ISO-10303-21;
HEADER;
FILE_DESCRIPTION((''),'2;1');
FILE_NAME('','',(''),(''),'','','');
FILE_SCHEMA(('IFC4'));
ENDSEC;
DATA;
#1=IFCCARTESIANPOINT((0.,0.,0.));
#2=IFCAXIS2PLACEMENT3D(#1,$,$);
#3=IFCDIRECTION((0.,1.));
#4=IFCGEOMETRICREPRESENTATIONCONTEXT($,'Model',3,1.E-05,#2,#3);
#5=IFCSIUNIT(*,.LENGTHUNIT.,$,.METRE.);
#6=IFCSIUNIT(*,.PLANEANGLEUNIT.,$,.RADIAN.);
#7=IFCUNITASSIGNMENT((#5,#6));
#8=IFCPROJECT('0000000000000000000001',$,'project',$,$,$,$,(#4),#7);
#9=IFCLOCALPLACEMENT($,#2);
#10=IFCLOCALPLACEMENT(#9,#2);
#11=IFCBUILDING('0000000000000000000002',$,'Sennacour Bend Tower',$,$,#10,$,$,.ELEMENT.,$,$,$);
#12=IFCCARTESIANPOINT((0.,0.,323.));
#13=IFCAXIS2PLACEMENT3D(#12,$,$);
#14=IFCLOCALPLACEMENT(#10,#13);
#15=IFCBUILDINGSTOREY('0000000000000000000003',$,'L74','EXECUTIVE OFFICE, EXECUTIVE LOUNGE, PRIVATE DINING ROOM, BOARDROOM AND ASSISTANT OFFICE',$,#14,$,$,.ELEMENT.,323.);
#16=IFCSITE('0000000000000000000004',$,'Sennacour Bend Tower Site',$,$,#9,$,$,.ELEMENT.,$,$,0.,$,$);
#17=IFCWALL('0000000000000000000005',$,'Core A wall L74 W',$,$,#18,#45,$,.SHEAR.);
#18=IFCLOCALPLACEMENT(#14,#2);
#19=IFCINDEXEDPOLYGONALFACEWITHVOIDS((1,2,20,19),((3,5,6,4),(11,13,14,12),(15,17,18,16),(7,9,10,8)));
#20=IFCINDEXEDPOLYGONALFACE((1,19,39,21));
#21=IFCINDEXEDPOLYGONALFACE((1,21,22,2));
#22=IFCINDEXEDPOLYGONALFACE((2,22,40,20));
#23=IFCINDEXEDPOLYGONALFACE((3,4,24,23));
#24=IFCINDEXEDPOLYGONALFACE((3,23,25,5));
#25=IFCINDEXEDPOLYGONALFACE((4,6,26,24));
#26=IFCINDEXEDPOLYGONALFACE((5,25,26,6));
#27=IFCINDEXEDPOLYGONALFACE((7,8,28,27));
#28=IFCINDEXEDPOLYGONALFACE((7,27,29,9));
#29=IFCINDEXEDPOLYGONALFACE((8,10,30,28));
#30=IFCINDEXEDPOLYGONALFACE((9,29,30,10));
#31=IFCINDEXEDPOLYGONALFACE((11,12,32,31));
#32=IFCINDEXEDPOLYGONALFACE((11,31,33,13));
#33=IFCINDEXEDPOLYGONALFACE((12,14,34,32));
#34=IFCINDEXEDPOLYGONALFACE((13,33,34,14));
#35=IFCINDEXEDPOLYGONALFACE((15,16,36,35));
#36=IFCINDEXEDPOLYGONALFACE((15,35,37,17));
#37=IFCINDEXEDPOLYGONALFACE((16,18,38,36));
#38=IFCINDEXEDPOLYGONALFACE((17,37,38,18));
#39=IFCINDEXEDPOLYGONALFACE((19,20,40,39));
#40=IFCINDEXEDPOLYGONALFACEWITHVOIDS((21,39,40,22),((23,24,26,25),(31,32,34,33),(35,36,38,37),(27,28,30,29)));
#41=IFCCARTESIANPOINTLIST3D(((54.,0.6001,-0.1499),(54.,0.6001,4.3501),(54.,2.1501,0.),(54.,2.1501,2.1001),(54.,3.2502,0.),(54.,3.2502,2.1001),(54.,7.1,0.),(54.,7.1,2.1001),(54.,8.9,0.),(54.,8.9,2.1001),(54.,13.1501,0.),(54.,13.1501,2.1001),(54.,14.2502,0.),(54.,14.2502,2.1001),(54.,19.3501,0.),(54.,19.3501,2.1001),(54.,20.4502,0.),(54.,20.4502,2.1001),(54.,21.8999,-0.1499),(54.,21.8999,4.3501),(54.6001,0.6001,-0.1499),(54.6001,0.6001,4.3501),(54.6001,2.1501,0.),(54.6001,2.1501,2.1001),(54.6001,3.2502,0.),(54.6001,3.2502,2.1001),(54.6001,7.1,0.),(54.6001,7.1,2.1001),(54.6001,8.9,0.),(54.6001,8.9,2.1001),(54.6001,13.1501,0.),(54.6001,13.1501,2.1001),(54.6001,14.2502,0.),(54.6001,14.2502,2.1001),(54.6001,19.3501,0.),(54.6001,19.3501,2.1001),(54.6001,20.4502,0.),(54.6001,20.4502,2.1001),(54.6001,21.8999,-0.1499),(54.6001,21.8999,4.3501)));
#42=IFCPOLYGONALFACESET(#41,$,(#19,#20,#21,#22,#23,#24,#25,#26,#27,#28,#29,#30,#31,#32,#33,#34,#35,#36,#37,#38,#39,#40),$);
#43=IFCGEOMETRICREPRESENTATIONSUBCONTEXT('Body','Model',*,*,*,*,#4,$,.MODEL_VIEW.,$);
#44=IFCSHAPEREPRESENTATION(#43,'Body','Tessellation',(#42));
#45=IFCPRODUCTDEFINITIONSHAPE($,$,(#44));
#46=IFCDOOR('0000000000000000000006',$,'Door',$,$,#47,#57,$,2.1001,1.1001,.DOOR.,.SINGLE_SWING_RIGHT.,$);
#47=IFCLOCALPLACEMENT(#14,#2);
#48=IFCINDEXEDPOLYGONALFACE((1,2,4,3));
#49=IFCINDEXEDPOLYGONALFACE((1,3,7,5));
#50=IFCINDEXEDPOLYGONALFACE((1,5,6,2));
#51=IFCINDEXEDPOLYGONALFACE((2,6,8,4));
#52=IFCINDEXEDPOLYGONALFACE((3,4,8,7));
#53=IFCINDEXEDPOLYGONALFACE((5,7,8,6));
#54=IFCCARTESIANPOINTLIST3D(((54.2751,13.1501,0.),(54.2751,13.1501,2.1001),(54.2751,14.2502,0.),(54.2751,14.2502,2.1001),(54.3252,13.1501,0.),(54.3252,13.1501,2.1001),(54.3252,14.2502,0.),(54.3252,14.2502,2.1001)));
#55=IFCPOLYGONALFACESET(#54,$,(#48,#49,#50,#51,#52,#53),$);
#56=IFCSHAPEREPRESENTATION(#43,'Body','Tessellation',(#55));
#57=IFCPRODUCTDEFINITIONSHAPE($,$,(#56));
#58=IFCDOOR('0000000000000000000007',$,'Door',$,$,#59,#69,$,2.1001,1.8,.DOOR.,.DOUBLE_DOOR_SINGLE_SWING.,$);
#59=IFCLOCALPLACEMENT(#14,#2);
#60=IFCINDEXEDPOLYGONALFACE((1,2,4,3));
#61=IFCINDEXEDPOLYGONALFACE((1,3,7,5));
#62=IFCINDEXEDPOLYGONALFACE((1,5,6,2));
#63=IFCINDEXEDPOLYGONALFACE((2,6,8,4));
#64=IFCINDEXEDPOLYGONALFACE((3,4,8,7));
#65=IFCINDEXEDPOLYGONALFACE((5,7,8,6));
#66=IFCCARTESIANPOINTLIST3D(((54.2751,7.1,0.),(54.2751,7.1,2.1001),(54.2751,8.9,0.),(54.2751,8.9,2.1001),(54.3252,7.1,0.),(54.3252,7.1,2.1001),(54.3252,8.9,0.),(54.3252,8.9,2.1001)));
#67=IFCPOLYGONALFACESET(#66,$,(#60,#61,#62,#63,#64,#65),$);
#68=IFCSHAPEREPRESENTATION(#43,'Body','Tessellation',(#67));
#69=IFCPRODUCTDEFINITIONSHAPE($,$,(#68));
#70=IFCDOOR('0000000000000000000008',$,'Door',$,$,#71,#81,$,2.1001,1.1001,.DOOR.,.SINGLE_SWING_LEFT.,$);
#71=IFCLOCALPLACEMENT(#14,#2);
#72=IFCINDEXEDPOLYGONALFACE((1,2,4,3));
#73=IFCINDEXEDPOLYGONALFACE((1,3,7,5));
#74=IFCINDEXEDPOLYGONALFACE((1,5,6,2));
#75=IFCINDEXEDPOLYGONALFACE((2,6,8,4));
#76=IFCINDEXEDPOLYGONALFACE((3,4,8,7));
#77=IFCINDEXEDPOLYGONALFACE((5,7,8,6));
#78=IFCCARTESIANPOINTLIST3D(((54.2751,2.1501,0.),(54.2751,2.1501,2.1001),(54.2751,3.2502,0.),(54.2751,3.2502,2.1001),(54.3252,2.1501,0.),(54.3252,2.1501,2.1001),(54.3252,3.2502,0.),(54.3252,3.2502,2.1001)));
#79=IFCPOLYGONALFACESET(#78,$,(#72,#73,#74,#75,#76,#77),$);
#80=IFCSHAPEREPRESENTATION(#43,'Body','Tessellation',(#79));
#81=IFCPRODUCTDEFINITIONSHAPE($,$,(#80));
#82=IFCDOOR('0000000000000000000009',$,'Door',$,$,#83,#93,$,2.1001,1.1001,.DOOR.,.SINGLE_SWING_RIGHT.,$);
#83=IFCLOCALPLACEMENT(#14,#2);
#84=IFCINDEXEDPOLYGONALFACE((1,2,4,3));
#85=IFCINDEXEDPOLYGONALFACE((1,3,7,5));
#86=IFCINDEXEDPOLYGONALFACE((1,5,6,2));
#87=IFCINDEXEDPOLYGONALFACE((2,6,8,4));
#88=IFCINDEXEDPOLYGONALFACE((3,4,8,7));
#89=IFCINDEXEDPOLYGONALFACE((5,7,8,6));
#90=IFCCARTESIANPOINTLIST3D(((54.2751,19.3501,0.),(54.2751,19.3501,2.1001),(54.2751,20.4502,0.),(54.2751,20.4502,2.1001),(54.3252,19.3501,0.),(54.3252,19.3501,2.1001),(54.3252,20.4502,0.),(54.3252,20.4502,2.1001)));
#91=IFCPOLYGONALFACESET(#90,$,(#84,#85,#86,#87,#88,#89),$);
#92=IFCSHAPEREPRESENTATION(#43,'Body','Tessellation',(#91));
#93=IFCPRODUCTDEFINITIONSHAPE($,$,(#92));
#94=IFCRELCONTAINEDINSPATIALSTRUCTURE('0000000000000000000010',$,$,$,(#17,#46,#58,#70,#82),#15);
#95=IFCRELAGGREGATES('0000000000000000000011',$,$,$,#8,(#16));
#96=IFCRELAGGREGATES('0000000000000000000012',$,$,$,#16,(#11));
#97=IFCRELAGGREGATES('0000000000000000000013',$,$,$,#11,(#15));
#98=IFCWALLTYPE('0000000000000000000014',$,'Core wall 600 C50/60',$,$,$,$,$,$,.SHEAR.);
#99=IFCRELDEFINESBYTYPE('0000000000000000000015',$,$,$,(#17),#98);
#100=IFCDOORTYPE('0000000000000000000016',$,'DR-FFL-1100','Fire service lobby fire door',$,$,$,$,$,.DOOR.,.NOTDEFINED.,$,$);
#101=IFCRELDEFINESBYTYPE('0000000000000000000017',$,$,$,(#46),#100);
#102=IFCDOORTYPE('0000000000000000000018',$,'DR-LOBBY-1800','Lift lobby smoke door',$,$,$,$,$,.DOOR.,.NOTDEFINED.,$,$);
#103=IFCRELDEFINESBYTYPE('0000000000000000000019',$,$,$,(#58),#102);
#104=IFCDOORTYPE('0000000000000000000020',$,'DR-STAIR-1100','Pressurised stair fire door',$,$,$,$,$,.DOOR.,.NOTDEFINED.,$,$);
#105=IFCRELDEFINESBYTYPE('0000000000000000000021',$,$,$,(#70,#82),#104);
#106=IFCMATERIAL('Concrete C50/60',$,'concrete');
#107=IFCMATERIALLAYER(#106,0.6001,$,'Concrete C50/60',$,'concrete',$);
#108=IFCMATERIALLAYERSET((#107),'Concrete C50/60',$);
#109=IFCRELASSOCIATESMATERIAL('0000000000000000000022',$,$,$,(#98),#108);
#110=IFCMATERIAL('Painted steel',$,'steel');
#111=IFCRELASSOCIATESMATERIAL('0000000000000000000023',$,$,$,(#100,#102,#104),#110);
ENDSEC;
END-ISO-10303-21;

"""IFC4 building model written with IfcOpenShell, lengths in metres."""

from ifc_helpers import new_model, si_unit, direction, frame, frame_2d, origin, place, context, subcontext, project, spatial, rectangle, extrude, material, layer, layer_set, type_object, element, fill, save


model = new_model("IFC4")

# Units and contexts
model_context = context("Model", 3, precision=1e-05, world=origin(), true_north=direction((0.0, 1.0)))
body_context = subcontext(model_context, "Body", "Model", "MODEL_VIEW")
ifc_project = project(units=[si_unit("LENGTHUNIT", "METRE"), si_unit("PLANEANGLEUNIT", "RADIAN")], contexts=[model_context])

# Site, building, storey
site_placement = place(None, origin())
site = spatial("IfcSite", under=ifc_project, at=site_placement, Name="Sennacour Bend Tower Site", CompositionType="ELEMENT", RefElevation=0.0)
building_placement = place(site_placement, origin())
building = spatial("IfcBuilding", under=site, at=building_placement, Name="Sennacour Bend Tower", CompositionType="ELEMENT")
storey_placement = place(building_placement, frame((0.0, 0.0, 323.0)))
storey = spatial("IfcBuildingStorey", under=building, at=storey_placement, Name="L74", Description="EXECUTIVE OFFICE, EXECUTIVE LOUNGE, PRIVATE DINING ROOM, BOARDROOM AND ASSISTANT OFFICE", CompositionType="ELEMENT", Elevation=323.0)

# Wall, openings, doors
ifc_material_1 = material(Name="Concrete C50/60", Category="concrete")
ifc_layer_1 = layer(ifc_material_1, 0.6001, Name="Concrete C50/60", Category="concrete")
ifc_layer_set_1 = layer_set([ifc_layer_1], Name="Concrete C50/60")
wall_type_1 = type_object("IfcWallType", Name="Core wall 600 C50/60", PredefinedType="SHEAR", material=ifc_layer_set_1)
wall_1_placement = place(storey_placement, frame((54.3, 0.6001, -0.1499), z_axis=(0.0, 0.0, 1.0), x_axis=(0.0, 1.0, 0.0)))
wall_1 = element("IfcWall", 1, at=wall_1_placement, inside=storey, type_object=wall_type_1, Name="Core A wall L74 W", PredefinedType="SHEAR", context=body_context, shape_type="SweptSolid", body=[
    extrude(rectangle(XDim=21.2998, YDim=0.6001, at=frame_2d((10.6499, 0.0))), origin(), (0.0, 0.0, 1.0), 4.5),
])
opening_1_placement = place(wall_1_placement, frame((6.5, 0.0, 0.1499)))
opening_1 = element("IfcOpeningElement", 2, at=opening_1_placement, cuts=wall_1, PredefinedType="OPENING", context=body_context, shape_type="SweptSolid", body=[
    extrude(rectangle(XDim=1.8, YDim=2.1001, at=frame_2d((0.8999, 1.05))), frame((0.0, 0.3101, 0.0), z_axis=(0.0, -1.0, 0.0), x_axis=(1.0, 0.0, 0.0)), (0.0, 0.0, 1.0), 0.6201),
])
opening_2_placement = place(wall_1_placement, frame((12.55, 0.0, 0.1499)))
opening_2 = element("IfcOpeningElement", 3, at=opening_2_placement, cuts=wall_1, PredefinedType="OPENING", context=body_context, shape_type="SweptSolid", body=[
    extrude(rectangle(XDim=1.1001, YDim=2.1001, at=frame_2d((0.55, 1.05))), frame((0.0, 0.3101, 0.0), z_axis=(0.0, -1.0, 0.0), x_axis=(1.0, 0.0, 0.0)), (0.0, 0.0, 1.0), 0.6201),
])
opening_3_placement = place(wall_1_placement, frame((1.55, 0.0, 0.1499)))
opening_3 = element("IfcOpeningElement", 4, at=opening_3_placement, cuts=wall_1, PredefinedType="OPENING", context=body_context, shape_type="SweptSolid", body=[
    extrude(rectangle(XDim=1.1001, YDim=2.1001, at=frame_2d((0.55, 1.05))), frame((0.0, 0.3101, 0.0), z_axis=(0.0, -1.0, 0.0), x_axis=(1.0, 0.0, 0.0)), (0.0, 0.0, 1.0), 0.6201),
])
opening_4_placement = place(wall_1_placement, frame((18.75, 0.0, 0.1499)))
opening_4 = element("IfcOpeningElement", 5, at=opening_4_placement, cuts=wall_1, PredefinedType="OPENING", context=body_context, shape_type="SweptSolid", body=[
    extrude(rectangle(XDim=1.1001, YDim=2.1001, at=frame_2d((0.55, 1.05))), frame((0.0, 0.3101, 0.0), z_axis=(0.0, -1.0, 0.0), x_axis=(1.0, 0.0, 0.0)), (0.0, 0.0, 1.0), 0.6201),
])
ifc_material_2 = material(Name="Painted steel", Category="steel")
door_type_1 = type_object("IfcDoorType", Name="DR-FFL-1100", Description="Fire service lobby fire door", OperationType="NOTDEFINED", PredefinedType="DOOR", material=ifc_material_2)
door_1_placement = place(opening_2_placement, origin())
door_1 = element("IfcDoor", 6, at=door_1_placement, inside=storey, type_object=door_type_1, Name="Door", OperationType="SINGLE_SWING_RIGHT", OverallHeight=2.1001, OverallWidth=1.1001, PredefinedType="DOOR", context=body_context, shape_type="SweptSolid", body=[
    extrude(rectangle(XDim=1.1001, YDim=2.1001, at=frame_2d((0.55, 1.05))), frame((0.0, 0.0249, 0.0), z_axis=(0.0, -1.0, 0.0), x_axis=(1.0, 0.0, 0.0)), (0.0, 0.0, 1.0), 0.05),
])
fill(opening_2, door_1)
door_type_2 = type_object("IfcDoorType", Name="DR-LOBBY-1800", Description="Lift lobby smoke door", OperationType="NOTDEFINED", PredefinedType="DOOR", material=ifc_material_2)
door_2_placement = place(opening_1_placement, origin())
door_2 = element("IfcDoor", 7, at=door_2_placement, inside=storey, type_object=door_type_2, Name="Door", OperationType="DOUBLE_DOOR_SINGLE_SWING", OverallHeight=2.1001, OverallWidth=1.8, PredefinedType="DOOR", context=body_context, shape_type="SweptSolid", body=[
    extrude(rectangle(XDim=1.8, YDim=2.1001, at=frame_2d((0.8999, 1.05))), frame((0.0, 0.0249, 0.0), z_axis=(0.0, -1.0, 0.0), x_axis=(1.0, 0.0, 0.0)), (0.0, 0.0, 1.0), 0.05),
])
fill(opening_1, door_2)
door_type_3 = type_object("IfcDoorType", Name="DR-STAIR-1100", Description="Pressurised stair fire door", OperationType="NOTDEFINED", PredefinedType="DOOR", material=ifc_material_2)
door_3_placement = place(opening_3_placement, origin())
door_3 = element("IfcDoor", 8, at=door_3_placement, inside=storey, type_object=door_type_3, Name="Door", OperationType="SINGLE_SWING_LEFT", OverallHeight=2.1001, OverallWidth=1.1001, PredefinedType="DOOR", context=body_context, shape_type="SweptSolid", body=[
    extrude(rectangle(XDim=1.1001, YDim=2.1001, at=frame_2d((0.55, 1.05))), frame((0.0, 0.0249, 0.0), z_axis=(0.0, -1.0, 0.0), x_axis=(1.0, 0.0, 0.0)), (0.0, 0.0, 1.0), 0.05),
])
fill(opening_3, door_3)
door_4_placement = place(opening_4_placement, origin())
door_4 = element("IfcDoor", 9, at=door_4_placement, inside=storey, type_object=door_type_3, Name="Door", OperationType="SINGLE_SWING_RIGHT", OverallHeight=2.1001, OverallWidth=1.1001, PredefinedType="DOOR", context=body_context, shape_type="SweptSolid", body=[
    extrude(rectangle(XDim=1.1001, YDim=2.1001, at=frame_2d((0.55, 1.05))), frame((0.0, 0.0249, 0.0), z_axis=(0.0, -1.0, 0.0), x_axis=(1.0, 0.0, 0.0)), (0.0, 0.0, 1.0), 0.05),
])
fill(opening_4, door_4)

save(model, "model.ifc")
